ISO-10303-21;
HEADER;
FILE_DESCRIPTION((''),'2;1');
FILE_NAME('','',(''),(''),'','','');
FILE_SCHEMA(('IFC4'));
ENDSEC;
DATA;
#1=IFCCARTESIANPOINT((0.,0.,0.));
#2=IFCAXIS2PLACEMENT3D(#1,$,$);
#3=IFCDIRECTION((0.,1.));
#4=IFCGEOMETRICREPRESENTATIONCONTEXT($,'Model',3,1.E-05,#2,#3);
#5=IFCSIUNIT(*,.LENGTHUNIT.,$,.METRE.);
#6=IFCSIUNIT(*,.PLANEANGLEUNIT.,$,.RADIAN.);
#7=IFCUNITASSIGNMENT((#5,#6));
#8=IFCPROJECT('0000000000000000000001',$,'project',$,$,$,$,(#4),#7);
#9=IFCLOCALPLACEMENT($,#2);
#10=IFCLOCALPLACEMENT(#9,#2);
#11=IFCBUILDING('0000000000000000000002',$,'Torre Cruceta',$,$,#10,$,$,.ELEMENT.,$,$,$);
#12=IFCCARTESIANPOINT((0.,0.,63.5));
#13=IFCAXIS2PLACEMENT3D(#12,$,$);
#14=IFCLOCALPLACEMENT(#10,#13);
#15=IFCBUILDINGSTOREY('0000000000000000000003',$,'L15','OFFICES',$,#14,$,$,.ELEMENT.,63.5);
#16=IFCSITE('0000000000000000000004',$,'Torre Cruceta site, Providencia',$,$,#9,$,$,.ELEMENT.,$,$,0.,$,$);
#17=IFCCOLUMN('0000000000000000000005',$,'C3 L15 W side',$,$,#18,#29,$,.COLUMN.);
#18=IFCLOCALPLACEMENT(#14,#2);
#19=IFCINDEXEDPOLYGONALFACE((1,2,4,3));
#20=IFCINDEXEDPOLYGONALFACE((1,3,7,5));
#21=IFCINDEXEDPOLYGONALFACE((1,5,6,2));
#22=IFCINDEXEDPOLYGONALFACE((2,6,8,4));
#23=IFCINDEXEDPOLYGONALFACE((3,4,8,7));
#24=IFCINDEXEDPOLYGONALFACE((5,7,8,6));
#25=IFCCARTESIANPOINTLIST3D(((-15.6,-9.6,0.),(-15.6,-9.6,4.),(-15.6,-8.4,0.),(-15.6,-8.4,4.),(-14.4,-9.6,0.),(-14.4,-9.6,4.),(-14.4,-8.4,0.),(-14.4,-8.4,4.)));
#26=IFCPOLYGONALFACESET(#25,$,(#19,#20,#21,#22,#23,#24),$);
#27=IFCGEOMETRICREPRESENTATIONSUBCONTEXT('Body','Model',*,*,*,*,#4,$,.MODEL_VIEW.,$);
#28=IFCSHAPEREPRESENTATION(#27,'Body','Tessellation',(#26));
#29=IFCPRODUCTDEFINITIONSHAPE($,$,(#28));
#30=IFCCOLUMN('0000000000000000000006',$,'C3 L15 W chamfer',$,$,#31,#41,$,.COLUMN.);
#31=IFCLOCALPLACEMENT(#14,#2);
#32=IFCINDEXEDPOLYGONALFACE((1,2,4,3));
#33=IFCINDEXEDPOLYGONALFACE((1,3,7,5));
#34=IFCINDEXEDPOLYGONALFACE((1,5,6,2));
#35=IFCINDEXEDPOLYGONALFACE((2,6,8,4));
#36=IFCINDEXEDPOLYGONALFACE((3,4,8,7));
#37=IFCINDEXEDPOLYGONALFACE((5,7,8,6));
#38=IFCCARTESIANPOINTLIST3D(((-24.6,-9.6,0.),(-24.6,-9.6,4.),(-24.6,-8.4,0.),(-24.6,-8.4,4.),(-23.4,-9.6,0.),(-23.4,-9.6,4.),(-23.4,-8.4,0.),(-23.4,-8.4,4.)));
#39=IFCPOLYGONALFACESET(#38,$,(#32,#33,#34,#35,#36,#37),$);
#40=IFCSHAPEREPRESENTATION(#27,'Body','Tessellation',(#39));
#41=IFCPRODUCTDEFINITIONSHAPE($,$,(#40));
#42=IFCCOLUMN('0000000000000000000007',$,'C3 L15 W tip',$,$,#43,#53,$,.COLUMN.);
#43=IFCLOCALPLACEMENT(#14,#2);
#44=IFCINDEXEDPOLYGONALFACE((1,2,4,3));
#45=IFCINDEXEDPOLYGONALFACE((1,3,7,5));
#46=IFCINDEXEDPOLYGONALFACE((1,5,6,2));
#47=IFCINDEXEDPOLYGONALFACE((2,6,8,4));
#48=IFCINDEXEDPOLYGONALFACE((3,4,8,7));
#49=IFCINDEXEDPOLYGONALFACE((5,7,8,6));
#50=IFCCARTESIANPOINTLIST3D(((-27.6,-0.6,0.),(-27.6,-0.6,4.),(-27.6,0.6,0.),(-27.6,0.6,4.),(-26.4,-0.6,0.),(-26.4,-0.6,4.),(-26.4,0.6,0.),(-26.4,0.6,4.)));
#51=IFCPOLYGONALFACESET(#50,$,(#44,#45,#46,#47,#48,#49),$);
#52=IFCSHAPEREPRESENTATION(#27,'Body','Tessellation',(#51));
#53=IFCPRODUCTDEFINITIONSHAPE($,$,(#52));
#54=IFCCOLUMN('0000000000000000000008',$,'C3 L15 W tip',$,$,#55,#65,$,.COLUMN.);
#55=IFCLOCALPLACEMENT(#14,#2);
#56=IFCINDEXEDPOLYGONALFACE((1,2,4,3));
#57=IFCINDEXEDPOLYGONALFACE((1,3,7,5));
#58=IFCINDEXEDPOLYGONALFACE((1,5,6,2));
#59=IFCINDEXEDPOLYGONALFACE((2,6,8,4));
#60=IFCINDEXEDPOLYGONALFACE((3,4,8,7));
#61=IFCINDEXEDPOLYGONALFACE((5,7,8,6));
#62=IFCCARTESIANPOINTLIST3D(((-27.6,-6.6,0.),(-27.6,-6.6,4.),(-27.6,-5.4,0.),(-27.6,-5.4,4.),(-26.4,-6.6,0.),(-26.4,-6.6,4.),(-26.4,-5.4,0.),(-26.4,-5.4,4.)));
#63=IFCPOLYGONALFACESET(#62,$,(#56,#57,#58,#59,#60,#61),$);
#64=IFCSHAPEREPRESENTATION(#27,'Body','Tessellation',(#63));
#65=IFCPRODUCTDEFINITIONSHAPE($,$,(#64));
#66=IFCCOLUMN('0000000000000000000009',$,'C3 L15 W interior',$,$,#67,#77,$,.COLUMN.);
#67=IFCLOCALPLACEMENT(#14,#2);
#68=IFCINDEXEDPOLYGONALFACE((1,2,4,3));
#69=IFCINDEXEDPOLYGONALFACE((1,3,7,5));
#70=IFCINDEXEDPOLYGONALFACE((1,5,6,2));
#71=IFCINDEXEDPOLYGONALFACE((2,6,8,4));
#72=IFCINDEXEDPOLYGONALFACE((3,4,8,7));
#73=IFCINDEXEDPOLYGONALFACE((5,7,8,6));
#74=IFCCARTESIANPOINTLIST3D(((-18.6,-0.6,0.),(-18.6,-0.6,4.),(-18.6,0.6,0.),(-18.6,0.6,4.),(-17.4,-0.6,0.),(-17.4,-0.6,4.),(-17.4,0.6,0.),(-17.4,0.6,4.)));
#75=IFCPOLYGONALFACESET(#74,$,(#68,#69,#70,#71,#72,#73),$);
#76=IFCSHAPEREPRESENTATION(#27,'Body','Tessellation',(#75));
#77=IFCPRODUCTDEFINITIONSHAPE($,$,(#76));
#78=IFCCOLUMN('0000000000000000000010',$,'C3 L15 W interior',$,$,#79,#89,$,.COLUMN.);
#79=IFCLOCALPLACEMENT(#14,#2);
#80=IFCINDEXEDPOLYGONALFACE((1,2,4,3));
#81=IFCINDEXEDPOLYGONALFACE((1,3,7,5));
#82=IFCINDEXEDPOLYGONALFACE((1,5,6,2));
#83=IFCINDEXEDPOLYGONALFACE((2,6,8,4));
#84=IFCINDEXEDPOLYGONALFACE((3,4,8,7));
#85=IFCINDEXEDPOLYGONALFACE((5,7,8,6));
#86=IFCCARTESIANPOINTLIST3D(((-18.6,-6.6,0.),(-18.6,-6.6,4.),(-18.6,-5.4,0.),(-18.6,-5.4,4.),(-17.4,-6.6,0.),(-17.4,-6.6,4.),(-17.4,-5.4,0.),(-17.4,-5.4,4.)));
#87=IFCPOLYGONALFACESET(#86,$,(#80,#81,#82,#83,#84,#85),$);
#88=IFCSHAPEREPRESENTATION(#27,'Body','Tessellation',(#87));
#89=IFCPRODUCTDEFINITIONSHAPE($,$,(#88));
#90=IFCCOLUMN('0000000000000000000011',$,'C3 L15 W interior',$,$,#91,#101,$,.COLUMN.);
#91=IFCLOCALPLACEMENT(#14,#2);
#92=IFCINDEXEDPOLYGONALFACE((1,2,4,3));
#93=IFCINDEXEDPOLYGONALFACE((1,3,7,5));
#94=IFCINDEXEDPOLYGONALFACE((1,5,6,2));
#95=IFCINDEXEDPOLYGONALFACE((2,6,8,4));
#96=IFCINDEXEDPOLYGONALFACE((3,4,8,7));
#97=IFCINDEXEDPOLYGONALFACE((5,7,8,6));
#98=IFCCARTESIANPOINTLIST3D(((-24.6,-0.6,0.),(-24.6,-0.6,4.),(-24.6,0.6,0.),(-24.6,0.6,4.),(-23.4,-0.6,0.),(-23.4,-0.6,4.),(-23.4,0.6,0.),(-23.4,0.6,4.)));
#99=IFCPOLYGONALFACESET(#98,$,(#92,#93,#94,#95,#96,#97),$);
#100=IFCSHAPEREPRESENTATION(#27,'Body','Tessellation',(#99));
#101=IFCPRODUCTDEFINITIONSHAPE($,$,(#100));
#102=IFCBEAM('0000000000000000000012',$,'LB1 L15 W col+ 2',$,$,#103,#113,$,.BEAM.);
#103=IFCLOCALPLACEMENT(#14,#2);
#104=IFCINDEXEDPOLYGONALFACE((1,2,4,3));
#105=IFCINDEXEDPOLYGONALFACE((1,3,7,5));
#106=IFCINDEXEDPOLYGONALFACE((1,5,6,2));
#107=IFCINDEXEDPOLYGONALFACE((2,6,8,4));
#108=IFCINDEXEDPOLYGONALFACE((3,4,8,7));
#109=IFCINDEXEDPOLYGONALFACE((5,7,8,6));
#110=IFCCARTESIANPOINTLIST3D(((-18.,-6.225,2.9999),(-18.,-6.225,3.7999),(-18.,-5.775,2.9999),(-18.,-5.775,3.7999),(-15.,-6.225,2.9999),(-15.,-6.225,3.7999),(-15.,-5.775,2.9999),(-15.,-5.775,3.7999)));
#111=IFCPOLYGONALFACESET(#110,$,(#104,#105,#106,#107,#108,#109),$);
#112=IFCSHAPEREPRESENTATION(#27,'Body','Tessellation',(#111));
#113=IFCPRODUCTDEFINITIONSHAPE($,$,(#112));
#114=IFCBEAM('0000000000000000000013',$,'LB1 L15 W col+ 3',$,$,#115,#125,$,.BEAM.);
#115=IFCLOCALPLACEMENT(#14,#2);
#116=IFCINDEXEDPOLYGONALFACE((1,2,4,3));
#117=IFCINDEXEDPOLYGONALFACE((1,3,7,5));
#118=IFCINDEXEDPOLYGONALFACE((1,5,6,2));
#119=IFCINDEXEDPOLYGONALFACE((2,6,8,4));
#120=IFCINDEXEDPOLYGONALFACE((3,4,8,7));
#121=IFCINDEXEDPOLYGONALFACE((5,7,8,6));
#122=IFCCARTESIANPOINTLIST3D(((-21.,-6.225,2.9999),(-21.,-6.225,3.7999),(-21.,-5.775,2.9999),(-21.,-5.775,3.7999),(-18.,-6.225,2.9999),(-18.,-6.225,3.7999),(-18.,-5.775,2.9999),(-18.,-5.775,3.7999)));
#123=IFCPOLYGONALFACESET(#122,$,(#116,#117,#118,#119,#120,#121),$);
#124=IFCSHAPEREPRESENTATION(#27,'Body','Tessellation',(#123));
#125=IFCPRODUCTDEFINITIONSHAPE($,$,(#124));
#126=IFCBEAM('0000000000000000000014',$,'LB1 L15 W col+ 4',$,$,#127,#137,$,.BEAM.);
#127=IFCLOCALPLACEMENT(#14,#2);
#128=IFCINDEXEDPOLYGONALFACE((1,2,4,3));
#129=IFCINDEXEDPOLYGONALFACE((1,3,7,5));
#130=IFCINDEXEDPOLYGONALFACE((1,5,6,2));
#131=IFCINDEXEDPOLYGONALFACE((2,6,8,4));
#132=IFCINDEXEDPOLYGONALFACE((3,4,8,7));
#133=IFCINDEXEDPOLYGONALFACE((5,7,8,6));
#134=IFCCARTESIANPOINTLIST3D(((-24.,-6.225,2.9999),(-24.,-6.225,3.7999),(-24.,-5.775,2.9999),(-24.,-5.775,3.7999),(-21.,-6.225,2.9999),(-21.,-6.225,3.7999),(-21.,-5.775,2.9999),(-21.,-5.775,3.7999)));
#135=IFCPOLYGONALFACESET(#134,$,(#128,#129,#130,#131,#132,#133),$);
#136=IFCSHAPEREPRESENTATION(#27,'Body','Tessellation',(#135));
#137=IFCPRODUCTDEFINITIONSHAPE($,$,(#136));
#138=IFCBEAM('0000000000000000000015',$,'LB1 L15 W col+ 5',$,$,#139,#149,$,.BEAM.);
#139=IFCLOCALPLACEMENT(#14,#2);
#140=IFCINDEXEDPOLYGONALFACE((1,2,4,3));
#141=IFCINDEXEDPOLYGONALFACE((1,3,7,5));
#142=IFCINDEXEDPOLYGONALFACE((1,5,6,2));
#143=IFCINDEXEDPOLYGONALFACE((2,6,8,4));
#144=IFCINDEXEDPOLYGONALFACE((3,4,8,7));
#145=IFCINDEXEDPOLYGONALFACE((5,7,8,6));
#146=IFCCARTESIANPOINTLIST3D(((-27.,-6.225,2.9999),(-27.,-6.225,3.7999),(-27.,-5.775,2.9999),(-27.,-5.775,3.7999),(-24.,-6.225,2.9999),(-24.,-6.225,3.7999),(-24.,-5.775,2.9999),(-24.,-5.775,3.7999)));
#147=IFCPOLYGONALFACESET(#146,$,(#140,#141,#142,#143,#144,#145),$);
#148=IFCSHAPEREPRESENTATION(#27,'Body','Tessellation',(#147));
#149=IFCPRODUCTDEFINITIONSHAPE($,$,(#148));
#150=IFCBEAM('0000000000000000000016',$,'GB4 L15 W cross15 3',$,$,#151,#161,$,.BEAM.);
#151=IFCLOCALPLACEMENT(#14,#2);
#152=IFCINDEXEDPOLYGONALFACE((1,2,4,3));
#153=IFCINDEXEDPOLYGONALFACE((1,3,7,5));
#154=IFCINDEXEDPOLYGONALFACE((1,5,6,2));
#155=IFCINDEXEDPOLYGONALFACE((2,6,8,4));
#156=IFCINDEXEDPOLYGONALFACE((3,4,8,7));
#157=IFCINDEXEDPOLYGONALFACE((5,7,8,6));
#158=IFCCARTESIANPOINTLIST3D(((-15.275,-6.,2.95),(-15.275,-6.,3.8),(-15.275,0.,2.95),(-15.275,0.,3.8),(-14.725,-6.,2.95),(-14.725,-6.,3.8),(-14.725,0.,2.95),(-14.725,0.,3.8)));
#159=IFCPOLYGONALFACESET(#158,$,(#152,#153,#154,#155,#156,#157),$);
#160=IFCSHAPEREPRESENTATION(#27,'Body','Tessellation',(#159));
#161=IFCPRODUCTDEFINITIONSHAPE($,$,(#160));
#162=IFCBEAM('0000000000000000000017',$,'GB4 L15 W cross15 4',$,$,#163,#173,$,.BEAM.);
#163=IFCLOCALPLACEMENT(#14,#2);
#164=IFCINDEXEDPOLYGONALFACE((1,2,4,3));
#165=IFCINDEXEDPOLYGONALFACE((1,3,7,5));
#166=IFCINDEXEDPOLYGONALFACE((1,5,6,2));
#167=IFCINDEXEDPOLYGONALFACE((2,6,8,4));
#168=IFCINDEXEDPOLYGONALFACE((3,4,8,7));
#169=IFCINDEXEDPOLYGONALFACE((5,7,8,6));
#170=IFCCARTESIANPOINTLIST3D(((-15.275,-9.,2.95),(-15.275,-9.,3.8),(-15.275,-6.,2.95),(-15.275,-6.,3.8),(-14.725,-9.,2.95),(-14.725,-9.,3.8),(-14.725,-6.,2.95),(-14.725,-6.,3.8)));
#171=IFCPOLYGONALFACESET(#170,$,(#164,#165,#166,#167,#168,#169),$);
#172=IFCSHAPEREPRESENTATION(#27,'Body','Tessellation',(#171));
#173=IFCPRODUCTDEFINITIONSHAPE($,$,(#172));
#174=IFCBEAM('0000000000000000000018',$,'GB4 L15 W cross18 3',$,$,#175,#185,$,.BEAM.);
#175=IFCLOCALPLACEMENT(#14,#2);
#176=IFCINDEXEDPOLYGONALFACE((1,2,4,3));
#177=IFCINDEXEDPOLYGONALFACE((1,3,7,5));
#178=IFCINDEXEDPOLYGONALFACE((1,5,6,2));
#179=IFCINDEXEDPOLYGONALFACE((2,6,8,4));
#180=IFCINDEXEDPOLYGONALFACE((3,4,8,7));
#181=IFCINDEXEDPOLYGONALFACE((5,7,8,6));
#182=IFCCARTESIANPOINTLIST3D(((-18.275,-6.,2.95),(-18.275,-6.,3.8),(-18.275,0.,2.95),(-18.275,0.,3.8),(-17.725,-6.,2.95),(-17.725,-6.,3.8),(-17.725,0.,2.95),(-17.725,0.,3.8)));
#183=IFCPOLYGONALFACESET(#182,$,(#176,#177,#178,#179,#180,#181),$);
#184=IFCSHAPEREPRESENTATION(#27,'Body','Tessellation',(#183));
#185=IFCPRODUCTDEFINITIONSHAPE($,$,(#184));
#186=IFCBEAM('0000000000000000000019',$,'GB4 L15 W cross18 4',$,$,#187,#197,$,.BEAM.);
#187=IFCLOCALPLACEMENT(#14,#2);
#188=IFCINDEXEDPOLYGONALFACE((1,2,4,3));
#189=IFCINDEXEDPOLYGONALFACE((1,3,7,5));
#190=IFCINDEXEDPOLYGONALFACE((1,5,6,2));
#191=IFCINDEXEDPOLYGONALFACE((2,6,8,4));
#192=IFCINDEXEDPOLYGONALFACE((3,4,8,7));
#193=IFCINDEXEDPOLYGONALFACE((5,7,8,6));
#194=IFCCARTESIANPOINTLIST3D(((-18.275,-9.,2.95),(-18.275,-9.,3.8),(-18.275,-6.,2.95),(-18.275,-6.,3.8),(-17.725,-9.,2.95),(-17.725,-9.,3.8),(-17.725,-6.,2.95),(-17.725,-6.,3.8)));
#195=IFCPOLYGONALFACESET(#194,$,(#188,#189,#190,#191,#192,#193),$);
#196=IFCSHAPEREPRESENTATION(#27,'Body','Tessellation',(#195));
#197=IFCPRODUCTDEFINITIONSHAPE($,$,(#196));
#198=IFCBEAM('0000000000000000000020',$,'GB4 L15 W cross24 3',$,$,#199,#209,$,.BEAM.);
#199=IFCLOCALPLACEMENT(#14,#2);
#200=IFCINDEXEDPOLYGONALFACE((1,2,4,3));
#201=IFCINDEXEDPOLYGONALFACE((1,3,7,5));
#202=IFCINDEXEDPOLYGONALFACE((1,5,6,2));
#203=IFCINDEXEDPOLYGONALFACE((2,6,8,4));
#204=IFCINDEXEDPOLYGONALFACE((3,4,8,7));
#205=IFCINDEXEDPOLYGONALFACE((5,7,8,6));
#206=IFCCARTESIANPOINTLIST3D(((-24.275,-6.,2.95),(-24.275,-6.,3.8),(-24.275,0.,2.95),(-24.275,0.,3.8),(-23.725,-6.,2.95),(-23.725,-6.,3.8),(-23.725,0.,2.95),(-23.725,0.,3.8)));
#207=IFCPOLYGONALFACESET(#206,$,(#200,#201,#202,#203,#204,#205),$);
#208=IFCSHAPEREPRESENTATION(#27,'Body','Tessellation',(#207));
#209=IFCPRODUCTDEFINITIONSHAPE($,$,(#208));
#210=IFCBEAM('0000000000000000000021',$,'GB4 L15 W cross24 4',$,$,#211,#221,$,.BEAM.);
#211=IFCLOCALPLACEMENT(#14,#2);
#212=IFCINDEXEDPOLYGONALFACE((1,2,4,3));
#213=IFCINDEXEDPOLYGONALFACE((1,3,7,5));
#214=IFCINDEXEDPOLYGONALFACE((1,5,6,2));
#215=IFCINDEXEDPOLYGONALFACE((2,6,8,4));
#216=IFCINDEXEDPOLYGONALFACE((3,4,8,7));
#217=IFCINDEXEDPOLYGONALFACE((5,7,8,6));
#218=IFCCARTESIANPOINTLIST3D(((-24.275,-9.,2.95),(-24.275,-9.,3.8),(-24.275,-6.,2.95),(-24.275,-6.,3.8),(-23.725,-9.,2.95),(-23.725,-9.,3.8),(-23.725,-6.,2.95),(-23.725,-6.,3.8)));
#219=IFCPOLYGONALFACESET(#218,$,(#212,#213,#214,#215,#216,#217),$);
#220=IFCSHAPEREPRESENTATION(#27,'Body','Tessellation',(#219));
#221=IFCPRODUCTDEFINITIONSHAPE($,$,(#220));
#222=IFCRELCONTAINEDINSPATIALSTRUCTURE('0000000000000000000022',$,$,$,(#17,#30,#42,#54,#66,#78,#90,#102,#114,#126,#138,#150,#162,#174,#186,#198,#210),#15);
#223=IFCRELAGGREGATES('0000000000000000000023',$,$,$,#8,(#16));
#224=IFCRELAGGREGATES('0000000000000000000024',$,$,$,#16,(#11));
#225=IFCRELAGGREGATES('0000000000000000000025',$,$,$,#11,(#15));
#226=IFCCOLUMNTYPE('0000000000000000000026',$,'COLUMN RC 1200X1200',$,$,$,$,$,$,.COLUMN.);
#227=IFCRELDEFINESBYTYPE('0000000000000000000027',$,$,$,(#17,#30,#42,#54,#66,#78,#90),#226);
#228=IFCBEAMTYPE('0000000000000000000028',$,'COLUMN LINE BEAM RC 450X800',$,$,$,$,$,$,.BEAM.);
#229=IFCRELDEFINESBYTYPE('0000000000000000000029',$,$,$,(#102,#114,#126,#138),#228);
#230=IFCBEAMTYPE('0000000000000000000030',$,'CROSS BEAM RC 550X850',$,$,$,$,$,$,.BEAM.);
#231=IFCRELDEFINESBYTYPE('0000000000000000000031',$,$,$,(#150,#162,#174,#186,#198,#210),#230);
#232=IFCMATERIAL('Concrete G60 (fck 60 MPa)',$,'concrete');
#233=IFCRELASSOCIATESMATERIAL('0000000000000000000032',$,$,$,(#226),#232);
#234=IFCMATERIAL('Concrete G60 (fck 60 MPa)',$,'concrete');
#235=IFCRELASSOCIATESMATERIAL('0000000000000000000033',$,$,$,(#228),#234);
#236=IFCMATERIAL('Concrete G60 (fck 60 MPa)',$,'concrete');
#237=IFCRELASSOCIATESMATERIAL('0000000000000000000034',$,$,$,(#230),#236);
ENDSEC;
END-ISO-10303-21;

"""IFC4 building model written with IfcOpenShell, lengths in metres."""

from ifc_helpers import new_model, si_unit, direction, frame, origin, origin_2d, place, context, subcontext, project, spatial, rectangle, extrude, material, material_profile, profile_set, type_object, element, save


model = new_model("IFC4")

# Units and contexts
model_context = context("Model", 3, precision=1e-05, world=origin(), true_north=direction((0.0, 1.0)))
body_context = subcontext(model_context, "Body", "Model", "MODEL_VIEW")
ifc_project = project(units=[si_unit("LENGTHUNIT", "METRE"), si_unit("PLANEANGLEUNIT", "RADIAN")], contexts=[model_context])

# Site, building, storey
site_placement = place(None, origin())
site = spatial("IfcSite", under=ifc_project, at=site_placement, Name="Torre Cruceta site, Providencia", CompositionType="ELEMENT", RefElevation=0.0)
building_placement = place(site_placement, origin())
building = spatial("IfcBuilding", under=site, at=building_placement, Name="Torre Cruceta", CompositionType="ELEMENT")
storey_placement = place(building_placement, frame((0.0, 0.0, 63.5)))
storey = spatial("IfcBuildingStorey", under=building, at=storey_placement, Name="L15", Description="OFFICES", CompositionType="ELEMENT", Elevation=63.5)

# Columns
ifc_material_1 = material(Name="Concrete G60 (fck 60 MPa)", Category="concrete")
ifc_material_profile_1 = material_profile(ifc_material_1, rectangle(XDim=1.2, YDim=1.2, at=origin_2d()), Name="RC 1200X1200")
ifc_profile_set_1 = profile_set([ifc_material_profile_1], Name="Concrete G60 (fck 60 MPa)")
column_type = type_object("IfcColumnType", Name="COLUMN RC 1200X1200", PredefinedType="COLUMN", material=ifc_profile_set_1)
for number, where, z_axis, x_axis, name in (
    (1, (-15.0, -9.0, 0.0), (0.0, 0.0, 1.0), (1.0, 0.0, 0.0), "C3 L15 W side"),
    (2, (-24.0, -9.0, 0.0), (0.0, 0.0, 1.0), (1.0, 0.0, 0.0), "C3 L15 W chamfer"),
    (3, (-27.0, 0.0, 0.0), (0.0, 0.0, 1.0), (1.0, 0.0, 0.0), "C3 L15 W tip"),
    (4, (-27.0, -6.0, 0.0), (0.0, 0.0, 1.0), (1.0, 0.0, 0.0), "C3 L15 W tip"),
    (5, (-18.0, 0.0, 0.0), (0.0, 0.0, 1.0), (1.0, 0.0, 0.0), "C3 L15 W interior"),
    (6, (-18.0, -6.0, 0.0), (0.0, 0.0, 1.0), (1.0, 0.0, 0.0), "C3 L15 W interior"),
    (7, (-24.0, 0.0, 0.0), (0.0, 0.0, 1.0), (1.0, 0.0, 0.0), "C3 L15 W interior"),
):
    element("IfcColumn", number, at=place(storey_placement, frame(where, z_axis=z_axis, x_axis=x_axis)), inside=storey, type_object=column_type, Name=name, PredefinedType="COLUMN", context=body_context, shape_type="SweptSolid", body=[
        extrude(rectangle(XDim=1.2, YDim=1.2, at=origin_2d()), origin(), (0.0, 0.0, 1.0), 4.0),
    ])

# Beams
ifc_material_2 = material(Name="Concrete G60 (fck 60 MPa)", Category="concrete")
ifc_material_profile_2 = material_profile(ifc_material_2, rectangle(XDim=0.45, YDim=0.8, at=origin_2d()), Name="RC 450X800")
ifc_profile_set_2 = profile_set([ifc_material_profile_2], Name="Concrete G60 (fck 60 MPa)")
beam_type_1 = type_object("IfcBeamType", Name="COLUMN LINE BEAM RC 450X800", PredefinedType="BEAM", material=ifc_profile_set_2)
for number, where, z_axis, x_axis, name in (
    (8, (-15.0, -6.0, 3.3999), (-1.0, 0.0, 0.0), (0.0, -1.0, 0.0), "LB1 L15 W col+ 2"),
    (9, (-18.0, -6.0, 3.3999), (-1.0, 0.0, 0.0), (0.0, -1.0, 0.0), "LB1 L15 W col+ 3"),
    (10, (-21.0, -6.0, 3.3999), (-1.0, 0.0, 0.0), (0.0, -1.0, 0.0), "LB1 L15 W col+ 4"),
    (11, (-24.0, -6.0, 3.3999), (-1.0, 0.0, 0.0), (0.0, -1.0, 0.0), "LB1 L15 W col+ 5"),
):
    element("IfcBeam", number, at=place(storey_placement, frame(where, z_axis=z_axis, x_axis=x_axis)), inside=storey, type_object=beam_type_1, Name=name, PredefinedType="BEAM", context=body_context, shape_type="SweptSolid", body=[
        extrude(rectangle(XDim=0.45, YDim=0.8, at=origin_2d()), origin(), (0.0, 0.0, 1.0), 3.0),
    ])
ifc_material_3 = material(Name="Concrete G60 (fck 60 MPa)", Category="concrete")
ifc_material_profile_3 = material_profile(ifc_material_3, rectangle(XDim=0.55, YDim=0.8501, at=origin_2d()), Name="RC 550X850")
ifc_profile_set_3 = profile_set([ifc_material_profile_3], Name="Concrete G60 (fck 60 MPa)")
beam_type_2 = type_object("IfcBeamType", Name="CROSS BEAM RC 550X850", PredefinedType="BEAM", material=ifc_profile_set_3)
beam_1_placement = place(storey_placement, frame((-15.0, 0.0, 3.375), z_axis=(0.0, -1.0, 0.0), x_axis=(1.0, 0.0, 0.0)))
element("IfcBeam", 12, at=beam_1_placement, inside=storey, type_object=beam_type_2, Name="GB4 L15 W cross15 3", PredefinedType="BEAM", context=body_context, shape_type="SweptSolid", body=[
    extrude(rectangle(XDim=0.55, YDim=0.8501, at=origin_2d()), origin(), (0.0, 0.0, 1.0), 6.0),
])
beam_2_placement = place(storey_placement, frame((-15.0, -6.0, 3.375), z_axis=(0.0, -1.0, 0.0), x_axis=(1.0, 0.0, 0.0)))
element("IfcBeam", 13, at=beam_2_placement, inside=storey, type_object=beam_type_2, Name="GB4 L15 W cross15 4", PredefinedType="BEAM", context=body_context, shape_type="SweptSolid", body=[
    extrude(rectangle(XDim=0.55, YDim=0.8501, at=origin_2d()), origin(), (0.0, 0.0, 1.0), 3.0),
])
beam_3_placement = place(storey_placement, frame((-18.0, 0.0, 3.375), z_axis=(0.0, -1.0, 0.0), x_axis=(1.0, 0.0, 0.0)))
element("IfcBeam", 14, at=beam_3_placement, inside=storey, type_object=beam_type_2, Name="GB4 L15 W cross18 3", PredefinedType="BEAM", context=body_context, shape_type="SweptSolid", body=[
    extrude(rectangle(XDim=0.55, YDim=0.8501, at=origin_2d()), origin(), (0.0, 0.0, 1.0), 6.0),
])
beam_4_placement = place(storey_placement, frame((-18.0, -6.0, 3.375), z_axis=(0.0, -1.0, 0.0), x_axis=(1.0, 0.0, 0.0)))
element("IfcBeam", 15, at=beam_4_placement, inside=storey, type_object=beam_type_2, Name="GB4 L15 W cross18 4", PredefinedType="BEAM", context=body_context, shape_type="SweptSolid", body=[
    extrude(rectangle(XDim=0.55, YDim=0.8501, at=origin_2d()), origin(), (0.0, 0.0, 1.0), 3.0),
])
beam_5_placement = place(storey_placement, frame((-24.0, 0.0, 3.375), z_axis=(0.0, -1.0, 0.0), x_axis=(1.0, 0.0, 0.0)))
element("IfcBeam", 16, at=beam_5_placement, inside=storey, type_object=beam_type_2, Name="GB4 L15 W cross24 3", PredefinedType="BEAM", context=body_context, shape_type="SweptSolid", body=[
    extrude(rectangle(XDim=0.55, YDim=0.8501, at=origin_2d()), origin(), (0.0, 0.0, 1.0), 6.0),
])
beam_6_placement = place(storey_placement, frame((-24.0, -6.0, 3.375), z_axis=(0.0, -1.0, 0.0), x_axis=(1.0, 0.0, 0.0)))
element("IfcBeam", 17, at=beam_6_placement, inside=storey, type_object=beam_type_2, Name="GB4 L15 W cross24 4", PredefinedType="BEAM", context=body_context, shape_type="SweptSolid", body=[
    extrude(rectangle(XDim=0.55, YDim=0.8501, at=origin_2d()), origin(), (0.0, 0.0, 1.0), 3.0),
])

save(model, "model.ifc")
